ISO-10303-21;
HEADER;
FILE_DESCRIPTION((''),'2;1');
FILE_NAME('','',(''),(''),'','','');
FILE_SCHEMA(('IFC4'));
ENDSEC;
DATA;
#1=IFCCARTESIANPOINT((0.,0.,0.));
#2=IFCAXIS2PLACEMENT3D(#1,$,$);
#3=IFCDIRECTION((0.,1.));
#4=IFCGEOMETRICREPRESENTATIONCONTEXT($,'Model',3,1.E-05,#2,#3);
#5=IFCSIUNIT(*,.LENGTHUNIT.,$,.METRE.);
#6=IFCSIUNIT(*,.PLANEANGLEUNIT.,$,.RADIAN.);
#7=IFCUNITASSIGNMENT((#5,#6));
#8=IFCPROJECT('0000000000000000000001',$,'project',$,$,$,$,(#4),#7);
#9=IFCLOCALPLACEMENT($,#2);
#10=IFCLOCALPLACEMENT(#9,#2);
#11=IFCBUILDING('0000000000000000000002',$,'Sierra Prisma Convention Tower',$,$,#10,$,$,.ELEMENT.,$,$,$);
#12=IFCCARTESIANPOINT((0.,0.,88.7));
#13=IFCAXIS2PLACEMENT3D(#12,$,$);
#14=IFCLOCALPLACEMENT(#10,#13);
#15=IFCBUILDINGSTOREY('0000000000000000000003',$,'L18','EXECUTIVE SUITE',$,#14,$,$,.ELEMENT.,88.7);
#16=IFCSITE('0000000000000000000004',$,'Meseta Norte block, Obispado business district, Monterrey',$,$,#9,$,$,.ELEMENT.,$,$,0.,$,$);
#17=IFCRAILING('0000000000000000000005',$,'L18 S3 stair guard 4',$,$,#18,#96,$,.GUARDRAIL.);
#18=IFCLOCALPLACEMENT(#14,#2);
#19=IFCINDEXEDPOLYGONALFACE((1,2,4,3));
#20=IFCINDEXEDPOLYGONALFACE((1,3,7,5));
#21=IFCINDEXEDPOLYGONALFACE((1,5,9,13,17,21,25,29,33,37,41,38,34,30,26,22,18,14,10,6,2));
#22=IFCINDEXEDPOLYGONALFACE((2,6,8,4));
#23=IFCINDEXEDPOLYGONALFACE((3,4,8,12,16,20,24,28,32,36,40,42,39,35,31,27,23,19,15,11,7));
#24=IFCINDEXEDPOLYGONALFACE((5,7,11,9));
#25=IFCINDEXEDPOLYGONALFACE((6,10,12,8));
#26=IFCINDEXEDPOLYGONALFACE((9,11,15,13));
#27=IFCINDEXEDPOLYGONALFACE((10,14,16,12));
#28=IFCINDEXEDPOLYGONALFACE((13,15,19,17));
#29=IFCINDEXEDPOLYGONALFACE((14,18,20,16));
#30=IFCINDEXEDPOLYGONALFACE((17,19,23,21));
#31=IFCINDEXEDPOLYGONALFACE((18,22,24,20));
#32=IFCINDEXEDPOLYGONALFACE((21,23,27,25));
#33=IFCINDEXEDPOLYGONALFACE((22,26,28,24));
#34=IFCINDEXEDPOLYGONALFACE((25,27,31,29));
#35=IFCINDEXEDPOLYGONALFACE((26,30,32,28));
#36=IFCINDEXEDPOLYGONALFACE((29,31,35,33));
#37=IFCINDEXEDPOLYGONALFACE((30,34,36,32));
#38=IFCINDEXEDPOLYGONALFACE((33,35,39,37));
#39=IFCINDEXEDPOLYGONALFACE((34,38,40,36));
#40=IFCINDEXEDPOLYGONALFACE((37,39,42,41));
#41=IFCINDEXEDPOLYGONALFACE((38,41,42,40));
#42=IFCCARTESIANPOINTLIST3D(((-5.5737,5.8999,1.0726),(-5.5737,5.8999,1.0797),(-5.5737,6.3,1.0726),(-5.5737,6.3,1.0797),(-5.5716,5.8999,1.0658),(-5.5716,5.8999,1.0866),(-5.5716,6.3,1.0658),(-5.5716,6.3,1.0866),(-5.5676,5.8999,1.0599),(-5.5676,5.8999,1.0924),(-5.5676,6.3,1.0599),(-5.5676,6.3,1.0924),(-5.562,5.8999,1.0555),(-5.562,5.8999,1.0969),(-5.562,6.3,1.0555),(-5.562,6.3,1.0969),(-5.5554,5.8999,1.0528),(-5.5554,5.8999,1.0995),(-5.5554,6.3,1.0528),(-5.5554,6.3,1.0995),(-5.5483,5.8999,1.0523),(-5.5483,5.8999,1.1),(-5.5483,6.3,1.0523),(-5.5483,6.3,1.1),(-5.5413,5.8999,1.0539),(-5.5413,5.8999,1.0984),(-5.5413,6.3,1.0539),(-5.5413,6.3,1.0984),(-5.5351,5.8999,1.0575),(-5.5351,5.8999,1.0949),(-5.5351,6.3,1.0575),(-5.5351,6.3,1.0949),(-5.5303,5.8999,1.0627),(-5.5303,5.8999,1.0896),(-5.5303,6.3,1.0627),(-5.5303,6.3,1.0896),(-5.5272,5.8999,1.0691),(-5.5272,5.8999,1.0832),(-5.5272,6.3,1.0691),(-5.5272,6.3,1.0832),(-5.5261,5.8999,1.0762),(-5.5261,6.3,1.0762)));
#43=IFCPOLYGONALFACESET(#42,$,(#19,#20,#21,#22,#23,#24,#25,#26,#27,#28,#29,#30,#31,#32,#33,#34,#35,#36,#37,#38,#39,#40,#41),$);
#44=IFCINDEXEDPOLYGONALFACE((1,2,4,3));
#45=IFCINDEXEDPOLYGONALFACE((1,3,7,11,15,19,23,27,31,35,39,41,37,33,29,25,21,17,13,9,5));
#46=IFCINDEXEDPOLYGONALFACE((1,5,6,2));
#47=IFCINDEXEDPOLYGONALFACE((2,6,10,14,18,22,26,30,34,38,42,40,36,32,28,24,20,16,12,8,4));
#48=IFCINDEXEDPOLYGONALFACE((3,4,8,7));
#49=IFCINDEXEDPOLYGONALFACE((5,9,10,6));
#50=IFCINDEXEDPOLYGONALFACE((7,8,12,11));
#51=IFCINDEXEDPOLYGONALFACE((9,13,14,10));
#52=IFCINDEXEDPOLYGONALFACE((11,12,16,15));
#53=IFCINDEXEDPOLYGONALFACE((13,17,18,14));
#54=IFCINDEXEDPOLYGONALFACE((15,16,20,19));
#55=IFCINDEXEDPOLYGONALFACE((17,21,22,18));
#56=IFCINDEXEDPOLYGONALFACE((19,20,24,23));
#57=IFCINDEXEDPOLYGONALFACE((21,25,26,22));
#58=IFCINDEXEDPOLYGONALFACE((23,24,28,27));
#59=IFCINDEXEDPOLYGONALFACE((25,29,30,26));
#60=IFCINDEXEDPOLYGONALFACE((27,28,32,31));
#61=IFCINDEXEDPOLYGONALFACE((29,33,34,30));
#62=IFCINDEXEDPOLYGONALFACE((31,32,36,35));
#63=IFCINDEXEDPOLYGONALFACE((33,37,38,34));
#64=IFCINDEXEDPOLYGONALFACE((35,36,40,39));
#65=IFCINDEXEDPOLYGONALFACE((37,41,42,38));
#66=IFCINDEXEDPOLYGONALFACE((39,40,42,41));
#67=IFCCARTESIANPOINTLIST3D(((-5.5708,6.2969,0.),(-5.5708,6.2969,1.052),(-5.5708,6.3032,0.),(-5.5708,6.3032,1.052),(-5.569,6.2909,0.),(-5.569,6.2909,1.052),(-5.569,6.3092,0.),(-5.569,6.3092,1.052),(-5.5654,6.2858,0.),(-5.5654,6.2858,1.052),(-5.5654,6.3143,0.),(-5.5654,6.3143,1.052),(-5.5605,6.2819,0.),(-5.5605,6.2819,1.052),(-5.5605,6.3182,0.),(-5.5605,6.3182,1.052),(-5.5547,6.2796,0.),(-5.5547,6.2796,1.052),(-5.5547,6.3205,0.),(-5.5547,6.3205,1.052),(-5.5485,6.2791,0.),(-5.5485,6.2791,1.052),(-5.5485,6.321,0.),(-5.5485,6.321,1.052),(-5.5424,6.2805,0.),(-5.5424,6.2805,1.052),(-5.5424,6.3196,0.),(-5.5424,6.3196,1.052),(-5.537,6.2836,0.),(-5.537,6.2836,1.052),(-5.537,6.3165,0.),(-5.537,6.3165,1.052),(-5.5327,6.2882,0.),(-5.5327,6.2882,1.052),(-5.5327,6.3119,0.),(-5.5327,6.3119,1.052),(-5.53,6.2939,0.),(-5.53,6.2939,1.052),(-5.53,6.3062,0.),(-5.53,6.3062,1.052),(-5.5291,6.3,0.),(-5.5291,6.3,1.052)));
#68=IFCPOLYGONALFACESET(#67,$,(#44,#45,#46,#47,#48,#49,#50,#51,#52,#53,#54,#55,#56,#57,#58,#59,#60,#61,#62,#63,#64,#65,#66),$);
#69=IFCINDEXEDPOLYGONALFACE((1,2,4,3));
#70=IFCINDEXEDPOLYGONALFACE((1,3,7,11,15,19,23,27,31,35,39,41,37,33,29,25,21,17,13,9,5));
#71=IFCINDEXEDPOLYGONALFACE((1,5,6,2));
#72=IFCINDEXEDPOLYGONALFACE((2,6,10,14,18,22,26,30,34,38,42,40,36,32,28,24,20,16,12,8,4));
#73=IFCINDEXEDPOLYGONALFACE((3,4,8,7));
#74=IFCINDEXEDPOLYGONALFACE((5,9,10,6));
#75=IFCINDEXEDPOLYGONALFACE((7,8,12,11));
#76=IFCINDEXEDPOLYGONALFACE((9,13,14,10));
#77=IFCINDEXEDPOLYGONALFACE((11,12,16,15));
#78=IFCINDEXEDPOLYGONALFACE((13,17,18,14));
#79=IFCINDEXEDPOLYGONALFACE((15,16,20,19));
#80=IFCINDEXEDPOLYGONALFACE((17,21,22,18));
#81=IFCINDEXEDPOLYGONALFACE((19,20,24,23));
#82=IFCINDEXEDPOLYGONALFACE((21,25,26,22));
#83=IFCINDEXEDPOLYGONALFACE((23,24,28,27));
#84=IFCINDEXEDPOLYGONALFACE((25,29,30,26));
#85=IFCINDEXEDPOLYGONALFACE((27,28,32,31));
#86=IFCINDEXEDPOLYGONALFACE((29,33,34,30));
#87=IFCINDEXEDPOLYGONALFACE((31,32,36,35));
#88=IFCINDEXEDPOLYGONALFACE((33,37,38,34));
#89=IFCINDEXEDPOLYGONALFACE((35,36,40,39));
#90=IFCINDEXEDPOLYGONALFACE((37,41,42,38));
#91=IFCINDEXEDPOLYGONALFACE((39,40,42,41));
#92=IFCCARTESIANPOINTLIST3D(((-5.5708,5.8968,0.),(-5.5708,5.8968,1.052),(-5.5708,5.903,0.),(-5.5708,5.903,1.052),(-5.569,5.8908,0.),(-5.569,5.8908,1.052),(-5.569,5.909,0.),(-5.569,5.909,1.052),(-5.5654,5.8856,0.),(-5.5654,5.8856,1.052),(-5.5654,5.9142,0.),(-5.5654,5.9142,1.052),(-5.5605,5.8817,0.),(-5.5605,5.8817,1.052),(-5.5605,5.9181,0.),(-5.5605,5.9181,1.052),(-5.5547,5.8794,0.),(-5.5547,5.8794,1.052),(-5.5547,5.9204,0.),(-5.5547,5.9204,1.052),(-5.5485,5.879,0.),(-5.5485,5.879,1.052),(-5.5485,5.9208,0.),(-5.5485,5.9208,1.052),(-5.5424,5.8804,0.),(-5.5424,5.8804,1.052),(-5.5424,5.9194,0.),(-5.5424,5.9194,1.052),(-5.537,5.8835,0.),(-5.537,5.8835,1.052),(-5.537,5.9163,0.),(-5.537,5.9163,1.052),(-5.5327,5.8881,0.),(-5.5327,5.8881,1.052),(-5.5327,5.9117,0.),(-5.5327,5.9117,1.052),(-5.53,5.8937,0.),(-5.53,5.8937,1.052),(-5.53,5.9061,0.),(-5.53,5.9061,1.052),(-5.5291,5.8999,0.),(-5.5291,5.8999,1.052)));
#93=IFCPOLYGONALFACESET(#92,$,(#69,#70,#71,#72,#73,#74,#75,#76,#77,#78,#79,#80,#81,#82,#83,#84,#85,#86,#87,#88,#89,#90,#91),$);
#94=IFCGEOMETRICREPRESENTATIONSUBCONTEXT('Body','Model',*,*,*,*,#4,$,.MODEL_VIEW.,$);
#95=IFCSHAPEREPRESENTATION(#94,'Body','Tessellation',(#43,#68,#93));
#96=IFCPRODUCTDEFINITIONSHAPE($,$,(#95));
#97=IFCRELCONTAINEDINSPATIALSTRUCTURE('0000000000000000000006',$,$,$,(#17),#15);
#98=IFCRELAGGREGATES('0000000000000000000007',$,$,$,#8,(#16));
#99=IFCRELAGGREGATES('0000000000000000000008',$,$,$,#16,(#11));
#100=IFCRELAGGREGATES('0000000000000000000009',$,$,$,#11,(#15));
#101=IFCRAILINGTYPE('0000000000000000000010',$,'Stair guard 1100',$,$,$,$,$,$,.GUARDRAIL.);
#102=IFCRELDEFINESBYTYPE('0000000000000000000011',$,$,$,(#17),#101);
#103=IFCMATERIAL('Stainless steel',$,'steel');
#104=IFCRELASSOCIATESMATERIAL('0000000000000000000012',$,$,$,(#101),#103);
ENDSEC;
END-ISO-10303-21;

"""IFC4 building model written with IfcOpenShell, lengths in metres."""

from ifc_helpers import new_model, si_unit, direction, frame, origin, origin_2d, place, context, subcontext, project, spatial, circle, extrude, material, type_object, element, save


model = new_model("IFC4")

# Units and contexts
model_context = context("Model", 3, precision=1e-05, world=origin(), true_north=direction((0.0, 1.0)))
body_context = subcontext(model_context, "Body", "Model", "MODEL_VIEW")
ifc_project = project(units=[si_unit("LENGTHUNIT", "METRE"), si_unit("PLANEANGLEUNIT", "RADIAN")], contexts=[model_context])

# Site, building, storey
site_placement = place(None, origin())
site = spatial("IfcSite", under=ifc_project, at=site_placement, Name="Meseta Norte block, Obispado business district, Monterrey", CompositionType="ELEMENT", RefElevation=0.0)
building_placement = place(site_placement, origin())
building = spatial("IfcBuilding", under=site, at=building_placement, Name="Sierra Prisma Convention Tower", CompositionType="ELEMENT")
storey_placement = place(building_placement, frame((0.0, 0.0, 88.7)))
storey = spatial("IfcBuildingStorey", under=building, at=storey_placement, Name="L18", Description="EXECUTIVE SUITE", CompositionType="ELEMENT", Elevation=88.7)

# Railing
ifc_material_1 = material(Name="Stainless steel", Category="steel")
railing_type_1 = type_object("IfcRailingType", Name="Stair guard 1100", PredefinedType="GUARDRAIL", material=ifc_material_1)
railing_1_placement = place(storey_placement, frame((-5.55, 6.3, 0.0)))
element("IfcRailing", 1, at=railing_1_placement, inside=storey, type_object=railing_type_1, Name="L18 S3 stair guard 4", PredefinedType="GUARDRAIL", context=body_context, shape_type="SweptSolid", body=[
    extrude(circle(Radius=0.0239, at=origin_2d()), frame((0.0, 0.0, 1.0762), z_axis=(0.0, -1.0, 0.0), x_axis=(1.0, 0.0, 0.0)), (0.0, 0.0, 1.0), 0.4001),
    extrude(circle(Radius=0.021, at=origin_2d()), origin(), (0.0, 0.0, 1.0), 1.052),
    extrude(circle(Radius=0.021, at=origin_2d()), frame((0.0, -0.4001, 0.0)), (0.0, 0.0, 1.0), 1.052),
])

save(model, "model.ifc")
